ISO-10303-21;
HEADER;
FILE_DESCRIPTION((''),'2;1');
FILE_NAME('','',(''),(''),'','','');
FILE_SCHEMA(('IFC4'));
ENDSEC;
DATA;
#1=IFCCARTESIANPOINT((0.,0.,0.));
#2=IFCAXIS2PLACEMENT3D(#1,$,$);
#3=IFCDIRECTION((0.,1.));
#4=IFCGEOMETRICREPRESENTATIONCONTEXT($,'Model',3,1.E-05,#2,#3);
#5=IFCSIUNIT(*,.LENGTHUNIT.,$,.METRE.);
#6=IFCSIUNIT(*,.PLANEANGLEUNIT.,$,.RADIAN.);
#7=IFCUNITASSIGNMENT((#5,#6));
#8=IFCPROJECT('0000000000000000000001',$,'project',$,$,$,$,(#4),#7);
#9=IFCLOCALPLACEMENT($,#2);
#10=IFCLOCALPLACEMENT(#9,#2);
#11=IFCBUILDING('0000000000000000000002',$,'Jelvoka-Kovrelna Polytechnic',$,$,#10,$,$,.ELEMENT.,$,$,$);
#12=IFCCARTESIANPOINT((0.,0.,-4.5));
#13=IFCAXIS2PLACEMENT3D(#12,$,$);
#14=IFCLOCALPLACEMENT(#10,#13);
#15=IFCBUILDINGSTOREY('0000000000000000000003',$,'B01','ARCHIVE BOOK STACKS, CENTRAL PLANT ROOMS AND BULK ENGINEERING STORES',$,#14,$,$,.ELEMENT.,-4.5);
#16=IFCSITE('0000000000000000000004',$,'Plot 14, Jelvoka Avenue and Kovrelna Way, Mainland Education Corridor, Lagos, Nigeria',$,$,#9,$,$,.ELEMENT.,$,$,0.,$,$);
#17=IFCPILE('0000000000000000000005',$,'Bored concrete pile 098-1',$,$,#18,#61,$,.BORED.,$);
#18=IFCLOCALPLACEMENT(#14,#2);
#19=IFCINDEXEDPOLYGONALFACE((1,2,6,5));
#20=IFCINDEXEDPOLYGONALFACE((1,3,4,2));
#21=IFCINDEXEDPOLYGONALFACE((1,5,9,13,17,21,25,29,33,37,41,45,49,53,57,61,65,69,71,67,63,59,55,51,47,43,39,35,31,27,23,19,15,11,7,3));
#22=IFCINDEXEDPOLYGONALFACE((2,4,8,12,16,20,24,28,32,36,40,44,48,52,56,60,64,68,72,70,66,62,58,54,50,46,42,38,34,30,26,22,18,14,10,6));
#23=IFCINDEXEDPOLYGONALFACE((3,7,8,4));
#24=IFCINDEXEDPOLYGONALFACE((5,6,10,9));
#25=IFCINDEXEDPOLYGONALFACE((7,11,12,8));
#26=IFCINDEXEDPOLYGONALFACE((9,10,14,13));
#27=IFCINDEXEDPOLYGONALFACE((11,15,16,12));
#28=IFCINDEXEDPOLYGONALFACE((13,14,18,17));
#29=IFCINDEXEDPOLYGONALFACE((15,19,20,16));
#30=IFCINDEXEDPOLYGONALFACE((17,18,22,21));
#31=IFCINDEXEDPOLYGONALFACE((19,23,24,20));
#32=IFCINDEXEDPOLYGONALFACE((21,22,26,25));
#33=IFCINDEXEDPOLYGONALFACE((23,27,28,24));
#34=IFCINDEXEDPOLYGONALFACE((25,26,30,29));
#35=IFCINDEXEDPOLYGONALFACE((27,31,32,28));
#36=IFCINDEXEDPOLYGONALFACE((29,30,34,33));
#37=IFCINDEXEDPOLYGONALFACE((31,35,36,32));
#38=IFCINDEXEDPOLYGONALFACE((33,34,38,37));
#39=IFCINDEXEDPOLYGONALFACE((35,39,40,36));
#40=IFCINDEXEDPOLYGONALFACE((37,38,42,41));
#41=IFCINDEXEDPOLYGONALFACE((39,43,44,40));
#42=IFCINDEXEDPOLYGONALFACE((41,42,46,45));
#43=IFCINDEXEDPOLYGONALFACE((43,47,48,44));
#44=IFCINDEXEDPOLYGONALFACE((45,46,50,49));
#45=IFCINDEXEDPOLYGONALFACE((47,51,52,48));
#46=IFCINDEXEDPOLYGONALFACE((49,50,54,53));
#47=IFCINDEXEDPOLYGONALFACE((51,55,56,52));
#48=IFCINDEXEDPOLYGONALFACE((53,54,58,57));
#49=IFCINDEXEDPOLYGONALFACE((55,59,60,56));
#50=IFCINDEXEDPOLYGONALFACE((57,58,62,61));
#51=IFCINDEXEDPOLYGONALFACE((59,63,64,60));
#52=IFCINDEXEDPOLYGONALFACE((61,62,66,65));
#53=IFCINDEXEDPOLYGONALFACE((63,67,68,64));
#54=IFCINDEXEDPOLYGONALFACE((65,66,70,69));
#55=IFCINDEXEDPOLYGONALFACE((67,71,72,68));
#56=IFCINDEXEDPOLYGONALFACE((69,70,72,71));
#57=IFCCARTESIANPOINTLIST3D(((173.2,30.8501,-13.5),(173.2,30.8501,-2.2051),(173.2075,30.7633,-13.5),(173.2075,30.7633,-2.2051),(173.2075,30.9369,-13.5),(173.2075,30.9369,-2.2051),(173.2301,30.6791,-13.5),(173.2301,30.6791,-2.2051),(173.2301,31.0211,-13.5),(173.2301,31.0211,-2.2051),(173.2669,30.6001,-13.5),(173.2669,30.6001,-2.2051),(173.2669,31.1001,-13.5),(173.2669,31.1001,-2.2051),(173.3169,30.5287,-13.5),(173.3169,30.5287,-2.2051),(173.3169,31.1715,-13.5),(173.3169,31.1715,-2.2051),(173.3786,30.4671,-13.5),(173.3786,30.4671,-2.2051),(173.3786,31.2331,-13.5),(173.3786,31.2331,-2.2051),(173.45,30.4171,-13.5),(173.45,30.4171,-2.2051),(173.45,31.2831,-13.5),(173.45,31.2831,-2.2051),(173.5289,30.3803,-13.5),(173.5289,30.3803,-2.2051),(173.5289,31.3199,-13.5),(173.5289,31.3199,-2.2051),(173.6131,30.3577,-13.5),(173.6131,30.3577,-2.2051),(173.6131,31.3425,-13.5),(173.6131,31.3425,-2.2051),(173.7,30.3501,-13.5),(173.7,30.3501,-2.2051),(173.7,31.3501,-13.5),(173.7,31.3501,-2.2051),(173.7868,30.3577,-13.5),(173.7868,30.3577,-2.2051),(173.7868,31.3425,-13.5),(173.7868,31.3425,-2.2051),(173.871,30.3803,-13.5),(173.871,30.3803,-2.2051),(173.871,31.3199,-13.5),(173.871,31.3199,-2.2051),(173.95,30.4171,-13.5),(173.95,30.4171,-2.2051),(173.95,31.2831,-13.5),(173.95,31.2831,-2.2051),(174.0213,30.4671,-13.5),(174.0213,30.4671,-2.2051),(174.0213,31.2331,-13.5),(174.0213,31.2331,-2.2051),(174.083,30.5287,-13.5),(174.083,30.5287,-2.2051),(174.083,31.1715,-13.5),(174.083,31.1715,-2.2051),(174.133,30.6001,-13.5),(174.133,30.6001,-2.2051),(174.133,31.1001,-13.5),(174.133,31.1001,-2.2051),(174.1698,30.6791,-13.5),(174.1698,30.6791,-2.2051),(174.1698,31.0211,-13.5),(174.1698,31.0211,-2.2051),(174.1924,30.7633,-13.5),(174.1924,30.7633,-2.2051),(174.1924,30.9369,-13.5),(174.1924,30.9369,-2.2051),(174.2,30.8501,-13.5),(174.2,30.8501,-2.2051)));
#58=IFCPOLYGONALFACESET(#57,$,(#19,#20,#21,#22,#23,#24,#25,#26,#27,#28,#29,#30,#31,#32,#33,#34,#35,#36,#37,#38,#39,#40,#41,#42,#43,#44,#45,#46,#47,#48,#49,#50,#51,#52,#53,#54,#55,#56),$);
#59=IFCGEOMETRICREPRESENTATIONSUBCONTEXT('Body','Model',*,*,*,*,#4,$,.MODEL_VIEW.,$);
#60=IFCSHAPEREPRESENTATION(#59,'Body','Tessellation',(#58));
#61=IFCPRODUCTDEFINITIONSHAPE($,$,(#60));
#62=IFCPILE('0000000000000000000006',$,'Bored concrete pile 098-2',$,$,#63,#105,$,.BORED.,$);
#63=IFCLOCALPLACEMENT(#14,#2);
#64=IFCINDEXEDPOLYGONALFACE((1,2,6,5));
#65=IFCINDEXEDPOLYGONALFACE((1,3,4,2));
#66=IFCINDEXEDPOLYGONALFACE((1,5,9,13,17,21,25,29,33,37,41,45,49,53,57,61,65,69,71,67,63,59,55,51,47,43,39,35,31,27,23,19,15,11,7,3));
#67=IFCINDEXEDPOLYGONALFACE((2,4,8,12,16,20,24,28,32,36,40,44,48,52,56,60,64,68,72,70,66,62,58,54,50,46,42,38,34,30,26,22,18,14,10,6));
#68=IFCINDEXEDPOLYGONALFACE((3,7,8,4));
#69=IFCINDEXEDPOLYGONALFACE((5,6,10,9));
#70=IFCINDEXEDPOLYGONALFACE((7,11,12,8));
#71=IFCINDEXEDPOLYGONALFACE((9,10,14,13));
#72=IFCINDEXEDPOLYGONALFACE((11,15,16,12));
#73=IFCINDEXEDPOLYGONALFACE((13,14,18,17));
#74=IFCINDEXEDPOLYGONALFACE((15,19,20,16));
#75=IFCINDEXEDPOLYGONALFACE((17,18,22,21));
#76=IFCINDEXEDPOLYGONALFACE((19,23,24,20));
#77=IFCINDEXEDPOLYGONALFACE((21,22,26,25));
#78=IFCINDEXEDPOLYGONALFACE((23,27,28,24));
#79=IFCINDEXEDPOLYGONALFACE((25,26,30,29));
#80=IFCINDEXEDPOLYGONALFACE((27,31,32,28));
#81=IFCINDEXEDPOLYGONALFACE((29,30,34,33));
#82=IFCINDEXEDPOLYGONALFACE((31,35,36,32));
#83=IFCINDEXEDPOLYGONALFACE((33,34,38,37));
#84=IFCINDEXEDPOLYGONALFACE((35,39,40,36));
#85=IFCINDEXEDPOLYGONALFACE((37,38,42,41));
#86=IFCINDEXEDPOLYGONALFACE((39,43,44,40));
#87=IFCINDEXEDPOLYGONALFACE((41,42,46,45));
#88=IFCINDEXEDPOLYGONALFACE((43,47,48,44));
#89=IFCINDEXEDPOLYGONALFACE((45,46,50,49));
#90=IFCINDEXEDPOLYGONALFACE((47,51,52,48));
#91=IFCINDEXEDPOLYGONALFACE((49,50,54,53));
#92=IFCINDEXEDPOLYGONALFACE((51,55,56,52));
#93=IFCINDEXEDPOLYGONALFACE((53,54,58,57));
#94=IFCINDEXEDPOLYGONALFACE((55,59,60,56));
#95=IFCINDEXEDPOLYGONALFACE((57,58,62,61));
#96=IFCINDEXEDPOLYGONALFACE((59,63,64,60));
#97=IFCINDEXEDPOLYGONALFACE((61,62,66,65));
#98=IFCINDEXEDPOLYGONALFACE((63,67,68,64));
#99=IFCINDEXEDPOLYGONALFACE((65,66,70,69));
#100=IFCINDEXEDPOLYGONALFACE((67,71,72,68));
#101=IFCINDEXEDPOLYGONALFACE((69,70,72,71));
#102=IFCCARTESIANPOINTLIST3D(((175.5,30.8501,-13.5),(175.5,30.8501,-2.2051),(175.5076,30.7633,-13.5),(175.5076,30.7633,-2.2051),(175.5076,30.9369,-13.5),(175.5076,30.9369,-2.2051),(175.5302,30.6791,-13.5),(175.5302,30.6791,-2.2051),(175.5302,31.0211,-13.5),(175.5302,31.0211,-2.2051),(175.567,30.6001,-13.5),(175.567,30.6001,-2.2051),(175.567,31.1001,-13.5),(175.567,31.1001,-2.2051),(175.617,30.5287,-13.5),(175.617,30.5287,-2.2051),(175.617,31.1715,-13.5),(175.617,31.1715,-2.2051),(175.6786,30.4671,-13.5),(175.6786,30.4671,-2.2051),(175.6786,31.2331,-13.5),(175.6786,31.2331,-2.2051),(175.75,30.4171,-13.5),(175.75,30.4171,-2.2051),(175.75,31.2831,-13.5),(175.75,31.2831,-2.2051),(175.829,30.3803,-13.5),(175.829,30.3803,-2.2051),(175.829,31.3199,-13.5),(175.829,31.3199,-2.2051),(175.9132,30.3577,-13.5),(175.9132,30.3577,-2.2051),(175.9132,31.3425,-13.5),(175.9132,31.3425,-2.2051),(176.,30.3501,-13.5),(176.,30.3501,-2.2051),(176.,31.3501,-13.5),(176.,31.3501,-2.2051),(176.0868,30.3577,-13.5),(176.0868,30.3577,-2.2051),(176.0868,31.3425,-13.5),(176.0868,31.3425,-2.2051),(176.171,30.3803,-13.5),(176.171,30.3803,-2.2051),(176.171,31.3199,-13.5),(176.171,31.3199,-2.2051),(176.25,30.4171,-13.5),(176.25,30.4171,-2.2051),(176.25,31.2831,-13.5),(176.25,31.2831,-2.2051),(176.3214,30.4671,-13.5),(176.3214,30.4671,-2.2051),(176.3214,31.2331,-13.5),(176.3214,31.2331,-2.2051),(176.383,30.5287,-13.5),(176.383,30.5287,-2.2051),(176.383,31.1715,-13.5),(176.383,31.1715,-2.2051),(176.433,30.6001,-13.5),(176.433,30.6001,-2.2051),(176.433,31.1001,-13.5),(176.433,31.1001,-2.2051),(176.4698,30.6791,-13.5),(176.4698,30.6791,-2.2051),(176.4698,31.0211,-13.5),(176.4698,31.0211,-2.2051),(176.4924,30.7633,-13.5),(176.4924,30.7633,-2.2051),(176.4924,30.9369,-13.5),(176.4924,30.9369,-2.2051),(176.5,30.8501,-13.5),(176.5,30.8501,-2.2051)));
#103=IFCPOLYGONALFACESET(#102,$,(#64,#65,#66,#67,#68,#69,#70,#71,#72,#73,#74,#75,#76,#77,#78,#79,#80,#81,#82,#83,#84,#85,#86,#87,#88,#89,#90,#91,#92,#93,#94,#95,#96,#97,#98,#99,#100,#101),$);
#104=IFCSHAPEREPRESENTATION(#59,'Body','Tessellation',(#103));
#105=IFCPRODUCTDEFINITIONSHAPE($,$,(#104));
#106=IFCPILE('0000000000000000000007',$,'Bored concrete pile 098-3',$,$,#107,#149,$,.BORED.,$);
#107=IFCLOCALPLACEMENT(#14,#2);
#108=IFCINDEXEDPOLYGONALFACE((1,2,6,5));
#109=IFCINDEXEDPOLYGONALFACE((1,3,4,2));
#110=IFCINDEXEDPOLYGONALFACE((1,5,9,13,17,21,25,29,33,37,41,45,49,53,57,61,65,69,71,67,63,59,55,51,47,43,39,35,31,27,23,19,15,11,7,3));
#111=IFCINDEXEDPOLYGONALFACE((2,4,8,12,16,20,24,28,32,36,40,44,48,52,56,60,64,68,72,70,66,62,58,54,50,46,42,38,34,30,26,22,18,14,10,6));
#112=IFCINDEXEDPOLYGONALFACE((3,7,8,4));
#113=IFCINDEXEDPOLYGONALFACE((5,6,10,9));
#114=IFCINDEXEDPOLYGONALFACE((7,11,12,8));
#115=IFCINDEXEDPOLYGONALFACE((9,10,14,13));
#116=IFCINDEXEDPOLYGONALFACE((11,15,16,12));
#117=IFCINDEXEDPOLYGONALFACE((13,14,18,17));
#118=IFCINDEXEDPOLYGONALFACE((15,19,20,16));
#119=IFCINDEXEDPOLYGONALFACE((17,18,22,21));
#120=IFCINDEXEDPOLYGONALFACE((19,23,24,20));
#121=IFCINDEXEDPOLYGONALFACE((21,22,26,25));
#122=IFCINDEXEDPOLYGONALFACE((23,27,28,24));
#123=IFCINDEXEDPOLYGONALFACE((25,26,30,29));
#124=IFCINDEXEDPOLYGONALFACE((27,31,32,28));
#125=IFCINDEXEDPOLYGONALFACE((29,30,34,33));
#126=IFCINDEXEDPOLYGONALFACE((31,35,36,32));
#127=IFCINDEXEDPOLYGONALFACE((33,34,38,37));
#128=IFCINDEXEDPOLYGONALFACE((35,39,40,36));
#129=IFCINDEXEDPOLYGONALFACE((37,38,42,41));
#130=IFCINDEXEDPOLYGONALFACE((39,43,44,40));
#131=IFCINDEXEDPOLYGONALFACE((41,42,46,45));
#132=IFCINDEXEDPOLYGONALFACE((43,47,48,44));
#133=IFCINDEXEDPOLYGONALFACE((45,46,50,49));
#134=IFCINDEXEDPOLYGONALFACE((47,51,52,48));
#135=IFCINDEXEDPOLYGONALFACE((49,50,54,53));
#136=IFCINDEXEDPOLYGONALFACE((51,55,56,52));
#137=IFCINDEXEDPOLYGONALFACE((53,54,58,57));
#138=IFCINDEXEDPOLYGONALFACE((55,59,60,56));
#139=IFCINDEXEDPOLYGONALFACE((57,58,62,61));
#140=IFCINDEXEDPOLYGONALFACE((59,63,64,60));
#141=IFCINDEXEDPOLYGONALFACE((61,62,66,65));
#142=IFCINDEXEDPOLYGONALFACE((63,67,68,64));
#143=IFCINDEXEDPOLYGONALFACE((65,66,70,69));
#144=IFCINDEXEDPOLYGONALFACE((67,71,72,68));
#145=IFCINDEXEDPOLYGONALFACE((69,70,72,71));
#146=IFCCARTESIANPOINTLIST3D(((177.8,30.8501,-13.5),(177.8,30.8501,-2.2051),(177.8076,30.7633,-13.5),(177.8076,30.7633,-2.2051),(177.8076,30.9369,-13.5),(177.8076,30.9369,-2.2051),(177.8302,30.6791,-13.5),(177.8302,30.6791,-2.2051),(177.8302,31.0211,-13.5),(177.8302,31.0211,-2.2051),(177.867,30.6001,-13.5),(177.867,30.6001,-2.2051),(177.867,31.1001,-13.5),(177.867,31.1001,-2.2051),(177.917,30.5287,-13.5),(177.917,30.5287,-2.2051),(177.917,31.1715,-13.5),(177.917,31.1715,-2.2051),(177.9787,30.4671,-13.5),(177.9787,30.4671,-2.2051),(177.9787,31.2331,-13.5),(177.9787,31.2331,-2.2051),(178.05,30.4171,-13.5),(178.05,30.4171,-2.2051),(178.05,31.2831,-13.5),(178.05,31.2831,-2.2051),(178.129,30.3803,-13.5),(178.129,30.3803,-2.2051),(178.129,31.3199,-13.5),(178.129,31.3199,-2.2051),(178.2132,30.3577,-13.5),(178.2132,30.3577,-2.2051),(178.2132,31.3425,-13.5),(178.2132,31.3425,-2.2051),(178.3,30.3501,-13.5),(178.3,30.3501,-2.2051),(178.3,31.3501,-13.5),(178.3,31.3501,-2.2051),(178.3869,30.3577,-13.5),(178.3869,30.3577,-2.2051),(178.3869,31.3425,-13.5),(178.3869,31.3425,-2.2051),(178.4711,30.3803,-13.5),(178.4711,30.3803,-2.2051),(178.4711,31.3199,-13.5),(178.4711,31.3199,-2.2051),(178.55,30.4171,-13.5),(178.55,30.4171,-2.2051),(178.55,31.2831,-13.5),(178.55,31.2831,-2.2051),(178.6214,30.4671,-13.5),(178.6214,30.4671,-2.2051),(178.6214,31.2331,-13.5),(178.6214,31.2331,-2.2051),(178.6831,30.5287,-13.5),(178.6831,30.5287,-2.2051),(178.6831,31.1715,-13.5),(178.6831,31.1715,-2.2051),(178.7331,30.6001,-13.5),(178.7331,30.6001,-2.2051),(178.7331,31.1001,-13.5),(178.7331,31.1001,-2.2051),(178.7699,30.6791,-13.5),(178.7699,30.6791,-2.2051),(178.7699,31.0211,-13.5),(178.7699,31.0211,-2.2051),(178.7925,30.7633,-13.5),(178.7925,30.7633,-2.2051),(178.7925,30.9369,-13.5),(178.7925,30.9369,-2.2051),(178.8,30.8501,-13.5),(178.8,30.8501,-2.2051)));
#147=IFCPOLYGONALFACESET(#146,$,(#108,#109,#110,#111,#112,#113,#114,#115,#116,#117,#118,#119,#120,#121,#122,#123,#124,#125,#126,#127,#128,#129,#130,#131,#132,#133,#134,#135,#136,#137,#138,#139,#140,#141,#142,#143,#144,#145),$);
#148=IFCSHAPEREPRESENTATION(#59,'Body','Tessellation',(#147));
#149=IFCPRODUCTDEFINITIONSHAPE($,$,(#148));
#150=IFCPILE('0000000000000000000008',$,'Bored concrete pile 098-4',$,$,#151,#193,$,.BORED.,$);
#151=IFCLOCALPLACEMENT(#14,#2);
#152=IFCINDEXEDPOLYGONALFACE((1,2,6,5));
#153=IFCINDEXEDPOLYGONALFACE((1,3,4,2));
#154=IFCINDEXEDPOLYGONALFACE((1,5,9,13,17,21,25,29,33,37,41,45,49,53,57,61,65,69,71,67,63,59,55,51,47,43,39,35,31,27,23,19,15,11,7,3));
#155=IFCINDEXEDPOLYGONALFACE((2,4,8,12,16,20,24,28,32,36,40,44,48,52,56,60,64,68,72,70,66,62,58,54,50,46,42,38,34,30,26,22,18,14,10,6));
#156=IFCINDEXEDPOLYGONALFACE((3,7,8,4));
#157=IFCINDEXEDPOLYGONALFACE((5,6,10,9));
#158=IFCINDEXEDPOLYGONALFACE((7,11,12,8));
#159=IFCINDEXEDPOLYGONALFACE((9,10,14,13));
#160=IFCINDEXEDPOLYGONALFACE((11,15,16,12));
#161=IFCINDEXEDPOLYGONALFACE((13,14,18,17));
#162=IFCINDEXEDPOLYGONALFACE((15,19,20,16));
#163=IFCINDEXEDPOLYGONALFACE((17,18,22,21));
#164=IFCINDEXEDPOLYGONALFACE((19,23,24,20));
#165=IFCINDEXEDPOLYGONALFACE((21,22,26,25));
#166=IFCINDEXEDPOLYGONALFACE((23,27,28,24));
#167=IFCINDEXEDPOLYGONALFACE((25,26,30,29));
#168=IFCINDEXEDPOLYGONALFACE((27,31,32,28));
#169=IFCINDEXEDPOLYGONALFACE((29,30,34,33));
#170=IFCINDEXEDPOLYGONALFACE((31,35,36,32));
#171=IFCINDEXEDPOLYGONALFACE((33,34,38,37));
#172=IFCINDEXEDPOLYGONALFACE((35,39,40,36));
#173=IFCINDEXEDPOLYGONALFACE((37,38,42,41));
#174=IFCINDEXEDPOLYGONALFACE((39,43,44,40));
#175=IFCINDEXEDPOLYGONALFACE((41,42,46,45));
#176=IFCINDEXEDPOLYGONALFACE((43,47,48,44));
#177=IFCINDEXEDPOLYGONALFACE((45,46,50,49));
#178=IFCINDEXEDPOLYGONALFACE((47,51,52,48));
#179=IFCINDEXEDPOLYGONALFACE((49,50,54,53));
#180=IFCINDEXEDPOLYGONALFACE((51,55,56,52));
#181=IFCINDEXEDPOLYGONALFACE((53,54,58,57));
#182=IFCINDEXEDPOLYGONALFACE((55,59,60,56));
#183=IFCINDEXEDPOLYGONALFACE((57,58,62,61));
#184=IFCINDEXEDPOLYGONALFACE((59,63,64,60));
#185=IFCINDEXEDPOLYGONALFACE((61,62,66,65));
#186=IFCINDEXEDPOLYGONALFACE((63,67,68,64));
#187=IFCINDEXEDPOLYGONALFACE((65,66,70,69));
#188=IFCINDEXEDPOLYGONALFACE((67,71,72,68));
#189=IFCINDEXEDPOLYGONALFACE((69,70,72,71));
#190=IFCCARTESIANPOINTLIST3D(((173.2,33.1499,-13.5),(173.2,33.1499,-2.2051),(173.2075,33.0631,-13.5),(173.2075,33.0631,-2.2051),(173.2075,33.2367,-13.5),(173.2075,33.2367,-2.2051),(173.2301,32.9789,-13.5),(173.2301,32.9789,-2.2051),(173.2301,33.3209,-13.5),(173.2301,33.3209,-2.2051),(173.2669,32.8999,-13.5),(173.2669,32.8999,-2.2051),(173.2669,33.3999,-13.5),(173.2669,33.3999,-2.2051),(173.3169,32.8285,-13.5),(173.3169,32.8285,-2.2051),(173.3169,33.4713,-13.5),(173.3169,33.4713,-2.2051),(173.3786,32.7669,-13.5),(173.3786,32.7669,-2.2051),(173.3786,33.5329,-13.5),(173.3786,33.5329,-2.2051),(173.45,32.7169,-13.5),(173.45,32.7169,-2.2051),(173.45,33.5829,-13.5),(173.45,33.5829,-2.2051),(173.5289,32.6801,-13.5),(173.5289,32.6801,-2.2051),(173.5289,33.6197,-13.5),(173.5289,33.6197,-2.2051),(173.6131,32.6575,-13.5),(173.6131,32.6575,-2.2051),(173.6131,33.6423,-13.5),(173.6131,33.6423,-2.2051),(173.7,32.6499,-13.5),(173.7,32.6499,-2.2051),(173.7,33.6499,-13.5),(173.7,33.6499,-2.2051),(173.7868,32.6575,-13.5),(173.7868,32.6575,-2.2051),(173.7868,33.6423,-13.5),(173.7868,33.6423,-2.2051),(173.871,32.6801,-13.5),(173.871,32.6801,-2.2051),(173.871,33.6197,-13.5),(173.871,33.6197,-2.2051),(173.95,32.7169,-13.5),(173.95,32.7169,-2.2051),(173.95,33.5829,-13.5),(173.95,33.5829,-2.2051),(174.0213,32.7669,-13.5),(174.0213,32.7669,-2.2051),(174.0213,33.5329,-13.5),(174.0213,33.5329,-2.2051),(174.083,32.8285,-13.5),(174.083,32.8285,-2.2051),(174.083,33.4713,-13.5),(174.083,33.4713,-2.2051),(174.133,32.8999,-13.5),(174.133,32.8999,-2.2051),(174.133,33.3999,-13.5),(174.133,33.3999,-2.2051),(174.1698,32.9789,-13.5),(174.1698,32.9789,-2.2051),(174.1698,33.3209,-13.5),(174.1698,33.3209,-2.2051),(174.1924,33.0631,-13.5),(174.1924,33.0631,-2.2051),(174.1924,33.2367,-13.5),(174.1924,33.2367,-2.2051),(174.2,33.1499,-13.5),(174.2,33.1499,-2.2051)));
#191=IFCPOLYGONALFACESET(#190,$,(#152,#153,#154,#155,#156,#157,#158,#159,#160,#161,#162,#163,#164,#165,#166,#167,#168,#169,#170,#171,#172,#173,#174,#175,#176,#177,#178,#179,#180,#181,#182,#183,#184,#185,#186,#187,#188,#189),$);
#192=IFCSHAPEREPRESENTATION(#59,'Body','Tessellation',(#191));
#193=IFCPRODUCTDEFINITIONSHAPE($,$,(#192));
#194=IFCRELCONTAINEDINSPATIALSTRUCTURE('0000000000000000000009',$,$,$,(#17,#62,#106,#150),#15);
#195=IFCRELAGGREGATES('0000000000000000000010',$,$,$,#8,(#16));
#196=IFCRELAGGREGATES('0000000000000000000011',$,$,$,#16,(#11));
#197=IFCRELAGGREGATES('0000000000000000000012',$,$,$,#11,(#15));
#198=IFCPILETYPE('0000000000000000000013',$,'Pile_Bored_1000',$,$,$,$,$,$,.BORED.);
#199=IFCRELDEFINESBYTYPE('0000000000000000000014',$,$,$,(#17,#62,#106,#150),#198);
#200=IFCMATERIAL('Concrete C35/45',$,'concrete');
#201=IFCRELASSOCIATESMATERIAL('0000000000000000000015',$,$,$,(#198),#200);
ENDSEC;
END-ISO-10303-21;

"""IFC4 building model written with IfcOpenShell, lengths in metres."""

from ifc_helpers import new_model, si_unit, direction, frame, origin, origin_2d, place, context, subcontext, project, spatial, circle, extrude, material, material_profile, profile_set, type_object, element, save


model = new_model("IFC4")

# Units and contexts
model_context = context("Model", 3, precision=1e-05, world=origin(), true_north=direction((0.0, 1.0)))
body_context = subcontext(model_context, "Body", "Model", "MODEL_VIEW")
ifc_project = project(units=[si_unit("LENGTHUNIT", "METRE"), si_unit("PLANEANGLEUNIT", "RADIAN")], contexts=[model_context])

# Site, building, storey
site_placement = place(None, origin())
site = spatial("IfcSite", under=ifc_project, at=site_placement, Name="Plot 14, Jelvoka Avenue and Kovrelna Way, Mainland Education Corridor, Lagos, Nigeria", CompositionType="ELEMENT", RefElevation=0.0)
building_placement = place(site_placement, origin())
building = spatial("IfcBuilding", under=site, at=building_placement, Name="Jelvoka-Kovrelna Polytechnic", CompositionType="ELEMENT")
storey_placement = place(building_placement, frame((0.0, 0.0, -4.5)))
storey = spatial("IfcBuildingStorey", under=building, at=storey_placement, Name="B01", Description="ARCHIVE BOOK STACKS, CENTRAL PLANT ROOMS AND BULK ENGINEERING STORES", CompositionType="ELEMENT", Elevation=-4.5)

# Piles
ifc_material_1 = material(Name="Concrete C35/45", Category="concrete")
ifc_material_profile_1 = material_profile(ifc_material_1, circle(Radius=0.5, at=origin_2d()), Name="PILE D1000")
ifc_profile_set_1 = profile_set([ifc_material_profile_1], Name="Concrete C35/45")
pile_type = type_object("IfcPileType", Name="Pile_Bored_1000", PredefinedType="BORED", material=ifc_profile_set_1)
for number, where, z_axis, x_axis, name in (
    (1, (173.7, 30.8501, -2.2051), (0.0, 0.0, -1.0), (1.0, 0.0, 0.0), "Bored concrete pile 098-1"),
    (2, (176.0, 30.8501, -2.2051), (0.0, 0.0, -1.0), (1.0, 0.0, 0.0), "Bored concrete pile 098-2"),
    (3, (178.3, 30.8501, -2.2051), (0.0, 0.0, -1.0), (1.0, 0.0, 0.0), "Bored concrete pile 098-3"),
    (4, (173.7, 33.1499, -2.2051), (0.0, 0.0, -1.0), (1.0, 0.0, 0.0), "Bored concrete pile 098-4"),
):
    element("IfcPile", number, at=place(storey_placement, frame(where, z_axis=z_axis, x_axis=x_axis)), inside=storey, type_object=pile_type, Name=name, PredefinedType="BORED", context=body_context, shape_type="SweptSolid", body=[
        extrude(circle(Radius=0.5, at=origin_2d()), origin(), (0.0, 0.0, 1.0), 11.2949),
    ])

save(model, "model.ifc")
